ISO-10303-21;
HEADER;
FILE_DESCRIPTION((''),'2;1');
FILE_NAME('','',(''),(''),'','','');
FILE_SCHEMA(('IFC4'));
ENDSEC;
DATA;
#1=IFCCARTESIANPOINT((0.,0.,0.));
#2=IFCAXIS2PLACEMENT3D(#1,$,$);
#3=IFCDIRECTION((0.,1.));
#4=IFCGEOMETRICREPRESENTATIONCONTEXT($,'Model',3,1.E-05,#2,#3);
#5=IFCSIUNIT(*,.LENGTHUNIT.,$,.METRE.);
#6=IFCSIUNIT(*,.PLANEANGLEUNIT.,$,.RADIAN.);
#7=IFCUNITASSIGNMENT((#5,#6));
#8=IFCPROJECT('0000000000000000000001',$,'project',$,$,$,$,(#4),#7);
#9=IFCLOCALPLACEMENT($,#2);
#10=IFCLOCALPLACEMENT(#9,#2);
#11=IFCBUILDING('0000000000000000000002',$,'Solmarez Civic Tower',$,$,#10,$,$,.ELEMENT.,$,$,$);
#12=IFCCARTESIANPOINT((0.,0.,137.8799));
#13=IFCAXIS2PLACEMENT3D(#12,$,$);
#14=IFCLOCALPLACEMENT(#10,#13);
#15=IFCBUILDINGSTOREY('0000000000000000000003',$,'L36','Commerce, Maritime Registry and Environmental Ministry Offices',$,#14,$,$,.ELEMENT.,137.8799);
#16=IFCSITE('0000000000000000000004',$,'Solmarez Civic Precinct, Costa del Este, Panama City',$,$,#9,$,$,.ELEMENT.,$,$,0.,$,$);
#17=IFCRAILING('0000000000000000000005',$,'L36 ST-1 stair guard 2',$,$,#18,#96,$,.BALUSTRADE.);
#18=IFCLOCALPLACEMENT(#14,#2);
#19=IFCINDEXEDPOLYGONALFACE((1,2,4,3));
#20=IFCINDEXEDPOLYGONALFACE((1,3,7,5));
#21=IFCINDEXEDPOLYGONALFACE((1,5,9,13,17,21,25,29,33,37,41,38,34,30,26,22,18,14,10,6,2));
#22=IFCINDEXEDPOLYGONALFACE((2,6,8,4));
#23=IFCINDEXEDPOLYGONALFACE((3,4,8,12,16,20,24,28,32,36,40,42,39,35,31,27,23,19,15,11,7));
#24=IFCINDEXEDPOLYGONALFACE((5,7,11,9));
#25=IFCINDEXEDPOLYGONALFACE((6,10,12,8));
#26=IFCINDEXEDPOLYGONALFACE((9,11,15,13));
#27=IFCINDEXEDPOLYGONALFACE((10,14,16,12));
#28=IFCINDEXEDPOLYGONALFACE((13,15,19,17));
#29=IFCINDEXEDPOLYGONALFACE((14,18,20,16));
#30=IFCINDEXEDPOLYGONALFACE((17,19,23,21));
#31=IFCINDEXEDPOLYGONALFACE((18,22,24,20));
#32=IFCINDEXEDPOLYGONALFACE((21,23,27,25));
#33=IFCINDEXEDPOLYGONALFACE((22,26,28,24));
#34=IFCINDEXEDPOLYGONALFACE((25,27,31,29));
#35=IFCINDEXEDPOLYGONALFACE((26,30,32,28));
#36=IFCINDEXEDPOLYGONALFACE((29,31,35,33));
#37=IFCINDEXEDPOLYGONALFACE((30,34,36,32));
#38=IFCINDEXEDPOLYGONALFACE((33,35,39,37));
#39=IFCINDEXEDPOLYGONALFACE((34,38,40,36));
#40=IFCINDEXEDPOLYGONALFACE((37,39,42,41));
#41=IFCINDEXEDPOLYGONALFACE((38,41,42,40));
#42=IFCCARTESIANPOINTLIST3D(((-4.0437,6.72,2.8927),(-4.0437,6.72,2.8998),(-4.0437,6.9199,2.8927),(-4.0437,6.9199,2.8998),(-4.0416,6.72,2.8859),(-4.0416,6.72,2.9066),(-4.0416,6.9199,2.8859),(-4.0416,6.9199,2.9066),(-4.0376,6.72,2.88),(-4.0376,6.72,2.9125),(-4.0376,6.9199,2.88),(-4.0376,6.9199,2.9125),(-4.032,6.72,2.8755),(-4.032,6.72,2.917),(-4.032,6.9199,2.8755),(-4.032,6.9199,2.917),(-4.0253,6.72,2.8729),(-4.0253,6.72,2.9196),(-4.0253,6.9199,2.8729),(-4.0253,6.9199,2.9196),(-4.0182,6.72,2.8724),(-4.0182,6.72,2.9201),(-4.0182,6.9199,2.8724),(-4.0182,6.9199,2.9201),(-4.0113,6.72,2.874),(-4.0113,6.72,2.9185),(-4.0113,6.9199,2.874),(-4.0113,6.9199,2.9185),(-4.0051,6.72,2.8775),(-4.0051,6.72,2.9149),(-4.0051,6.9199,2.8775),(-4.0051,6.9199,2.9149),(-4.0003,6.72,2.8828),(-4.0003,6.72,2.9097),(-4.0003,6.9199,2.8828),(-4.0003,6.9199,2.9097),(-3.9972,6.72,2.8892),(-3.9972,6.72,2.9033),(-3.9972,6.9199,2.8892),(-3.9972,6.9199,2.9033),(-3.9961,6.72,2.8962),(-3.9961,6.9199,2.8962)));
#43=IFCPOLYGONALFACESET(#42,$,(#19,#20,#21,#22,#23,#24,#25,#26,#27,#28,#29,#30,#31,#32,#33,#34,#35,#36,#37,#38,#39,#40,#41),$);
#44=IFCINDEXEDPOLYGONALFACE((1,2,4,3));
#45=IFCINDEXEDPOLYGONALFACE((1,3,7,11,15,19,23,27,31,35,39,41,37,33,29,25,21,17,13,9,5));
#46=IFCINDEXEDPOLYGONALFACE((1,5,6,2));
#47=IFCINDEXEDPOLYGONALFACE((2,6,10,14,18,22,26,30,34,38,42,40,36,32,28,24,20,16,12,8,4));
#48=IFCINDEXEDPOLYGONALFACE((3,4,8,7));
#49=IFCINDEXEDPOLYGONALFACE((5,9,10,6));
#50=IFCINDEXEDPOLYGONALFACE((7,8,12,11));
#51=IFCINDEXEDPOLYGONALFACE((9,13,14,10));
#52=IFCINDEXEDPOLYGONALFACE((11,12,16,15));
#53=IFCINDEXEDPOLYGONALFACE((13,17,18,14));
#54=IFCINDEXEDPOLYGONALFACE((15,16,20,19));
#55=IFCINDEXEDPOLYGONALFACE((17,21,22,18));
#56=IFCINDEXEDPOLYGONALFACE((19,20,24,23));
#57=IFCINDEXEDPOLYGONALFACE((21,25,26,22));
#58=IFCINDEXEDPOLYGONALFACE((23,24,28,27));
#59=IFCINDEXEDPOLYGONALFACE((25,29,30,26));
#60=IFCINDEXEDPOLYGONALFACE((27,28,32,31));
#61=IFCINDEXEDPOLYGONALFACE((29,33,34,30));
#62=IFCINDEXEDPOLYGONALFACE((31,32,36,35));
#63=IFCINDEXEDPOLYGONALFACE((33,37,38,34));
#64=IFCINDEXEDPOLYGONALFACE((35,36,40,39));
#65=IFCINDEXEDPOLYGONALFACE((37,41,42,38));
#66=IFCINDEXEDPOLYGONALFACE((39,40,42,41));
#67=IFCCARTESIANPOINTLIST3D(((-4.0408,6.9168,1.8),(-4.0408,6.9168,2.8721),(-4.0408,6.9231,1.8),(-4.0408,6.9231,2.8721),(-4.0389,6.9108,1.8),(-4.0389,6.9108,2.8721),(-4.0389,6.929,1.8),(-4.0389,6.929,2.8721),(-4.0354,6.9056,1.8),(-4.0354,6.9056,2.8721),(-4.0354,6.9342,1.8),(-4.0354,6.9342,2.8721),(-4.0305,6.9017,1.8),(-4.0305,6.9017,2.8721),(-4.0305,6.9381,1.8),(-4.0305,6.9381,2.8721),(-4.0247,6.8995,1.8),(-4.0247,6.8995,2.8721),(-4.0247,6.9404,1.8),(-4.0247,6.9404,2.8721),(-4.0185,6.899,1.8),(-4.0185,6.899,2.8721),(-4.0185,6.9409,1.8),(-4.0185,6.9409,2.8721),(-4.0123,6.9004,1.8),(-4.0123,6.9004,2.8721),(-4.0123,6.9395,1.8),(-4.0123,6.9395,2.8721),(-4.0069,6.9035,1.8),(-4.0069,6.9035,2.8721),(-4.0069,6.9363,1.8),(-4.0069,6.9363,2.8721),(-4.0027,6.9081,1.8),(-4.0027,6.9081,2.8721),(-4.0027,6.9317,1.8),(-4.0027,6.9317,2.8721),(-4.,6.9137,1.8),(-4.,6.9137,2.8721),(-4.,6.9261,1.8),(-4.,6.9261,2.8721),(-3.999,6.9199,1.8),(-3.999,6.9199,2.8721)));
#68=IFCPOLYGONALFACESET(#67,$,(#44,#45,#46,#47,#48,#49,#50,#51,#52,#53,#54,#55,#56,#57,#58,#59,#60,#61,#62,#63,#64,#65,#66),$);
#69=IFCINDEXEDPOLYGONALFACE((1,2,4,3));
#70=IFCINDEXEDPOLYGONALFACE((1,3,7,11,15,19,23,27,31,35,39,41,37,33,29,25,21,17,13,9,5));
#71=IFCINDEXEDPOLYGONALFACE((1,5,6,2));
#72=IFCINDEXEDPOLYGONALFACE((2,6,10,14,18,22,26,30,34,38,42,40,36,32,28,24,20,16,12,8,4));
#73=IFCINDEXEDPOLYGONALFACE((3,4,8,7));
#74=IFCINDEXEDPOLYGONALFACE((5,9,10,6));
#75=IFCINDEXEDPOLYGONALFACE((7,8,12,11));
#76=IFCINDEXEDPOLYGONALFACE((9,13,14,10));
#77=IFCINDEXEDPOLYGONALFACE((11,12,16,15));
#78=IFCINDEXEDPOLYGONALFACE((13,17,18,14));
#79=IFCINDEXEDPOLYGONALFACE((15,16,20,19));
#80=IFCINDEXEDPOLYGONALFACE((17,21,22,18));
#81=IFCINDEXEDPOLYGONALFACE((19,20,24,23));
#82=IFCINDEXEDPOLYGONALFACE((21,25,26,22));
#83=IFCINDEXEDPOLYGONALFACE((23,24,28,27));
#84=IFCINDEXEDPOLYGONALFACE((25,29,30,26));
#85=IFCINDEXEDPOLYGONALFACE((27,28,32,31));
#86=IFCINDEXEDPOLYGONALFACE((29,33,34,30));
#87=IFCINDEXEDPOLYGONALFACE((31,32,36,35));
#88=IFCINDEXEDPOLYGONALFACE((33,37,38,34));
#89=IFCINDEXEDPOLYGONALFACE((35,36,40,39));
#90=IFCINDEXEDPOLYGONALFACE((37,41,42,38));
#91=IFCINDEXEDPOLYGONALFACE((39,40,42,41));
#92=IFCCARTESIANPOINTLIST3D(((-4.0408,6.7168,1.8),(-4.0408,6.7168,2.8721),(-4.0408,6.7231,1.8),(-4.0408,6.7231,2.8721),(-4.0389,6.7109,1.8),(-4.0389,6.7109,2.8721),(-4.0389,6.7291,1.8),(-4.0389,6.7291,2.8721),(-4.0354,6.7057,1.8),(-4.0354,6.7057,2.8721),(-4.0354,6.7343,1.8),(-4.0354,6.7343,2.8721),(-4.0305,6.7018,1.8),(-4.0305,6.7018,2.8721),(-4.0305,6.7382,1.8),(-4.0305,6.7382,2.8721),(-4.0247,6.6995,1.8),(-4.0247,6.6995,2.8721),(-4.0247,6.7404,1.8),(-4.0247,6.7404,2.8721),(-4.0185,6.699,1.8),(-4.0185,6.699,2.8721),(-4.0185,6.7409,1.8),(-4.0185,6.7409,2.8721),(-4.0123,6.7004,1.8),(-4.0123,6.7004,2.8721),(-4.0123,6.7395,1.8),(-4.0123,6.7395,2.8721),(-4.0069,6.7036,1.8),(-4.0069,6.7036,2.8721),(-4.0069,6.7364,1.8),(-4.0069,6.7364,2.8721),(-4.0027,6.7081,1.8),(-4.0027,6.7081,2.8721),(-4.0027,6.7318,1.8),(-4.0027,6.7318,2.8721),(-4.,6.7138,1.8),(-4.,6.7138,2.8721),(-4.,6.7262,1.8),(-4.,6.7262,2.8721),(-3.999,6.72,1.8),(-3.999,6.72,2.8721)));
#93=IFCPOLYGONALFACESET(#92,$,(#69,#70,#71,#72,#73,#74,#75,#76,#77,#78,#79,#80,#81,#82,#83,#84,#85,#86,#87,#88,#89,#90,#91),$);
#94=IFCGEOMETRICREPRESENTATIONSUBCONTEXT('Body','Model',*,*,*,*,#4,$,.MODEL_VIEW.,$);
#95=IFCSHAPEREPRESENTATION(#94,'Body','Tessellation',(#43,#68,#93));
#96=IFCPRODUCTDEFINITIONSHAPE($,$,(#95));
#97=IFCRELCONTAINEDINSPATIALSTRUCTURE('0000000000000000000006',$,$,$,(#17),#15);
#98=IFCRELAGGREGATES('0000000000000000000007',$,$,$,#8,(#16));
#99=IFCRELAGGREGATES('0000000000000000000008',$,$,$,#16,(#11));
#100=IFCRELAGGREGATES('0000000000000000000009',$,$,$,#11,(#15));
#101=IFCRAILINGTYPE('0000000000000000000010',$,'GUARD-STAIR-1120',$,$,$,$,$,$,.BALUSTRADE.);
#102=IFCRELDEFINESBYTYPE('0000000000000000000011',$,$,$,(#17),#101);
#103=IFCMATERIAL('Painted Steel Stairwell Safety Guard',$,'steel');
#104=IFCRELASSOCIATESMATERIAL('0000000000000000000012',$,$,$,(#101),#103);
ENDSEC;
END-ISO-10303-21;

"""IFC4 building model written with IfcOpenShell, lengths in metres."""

from ifc_helpers import new_model, si_unit, direction, frame, origin, origin_2d, place, context, subcontext, project, spatial, circle, extrude, material, type_object, element, save


model = new_model("IFC4")

# Units and contexts
model_context = context("Model", 3, precision=1e-05, world=origin(), true_north=direction((0.0, 1.0)))
body_context = subcontext(model_context, "Body", "Model", "MODEL_VIEW")
ifc_project = project(units=[si_unit("LENGTHUNIT", "METRE"), si_unit("PLANEANGLEUNIT", "RADIAN")], contexts=[model_context])

# Site, building, storey
site_placement = place(None, origin())
site = spatial("IfcSite", under=ifc_project, at=site_placement, Name="Solmarez Civic Precinct, Costa del Este, Panama City", CompositionType="ELEMENT", RefElevation=0.0)
building_placement = place(site_placement, origin())
building = spatial("IfcBuilding", under=site, at=building_placement, Name="Solmarez Civic Tower", CompositionType="ELEMENT")
storey_placement = place(building_placement, frame((0.0, 0.0, 137.8799)))
storey = spatial("IfcBuildingStorey", under=building, at=storey_placement, Name="L36", Description="Commerce, Maritime Registry and Environmental Ministry Offices", CompositionType="ELEMENT", Elevation=137.8799)

# Railing
ifc_material_1 = material(Name="Painted Steel Stairwell Safety Guard", Category="steel")
railing_type_1 = type_object("IfcRailingType", Name="GUARD-STAIR-1120", PredefinedType="BALUSTRADE", material=ifc_material_1)
railing_1_placement = place(storey_placement, frame((-4.02, 6.9199, 1.8)))
element("IfcRailing", 1, at=railing_1_placement, inside=storey, type_object=railing_type_1, Name="L36 ST-1 stair guard 2", PredefinedType="BALUSTRADE", context=body_context, shape_type="SweptSolid", body=[
    extrude(circle(Radius=0.0239, at=origin_2d()), frame((0.0, 0.0, 1.0962), z_axis=(0.0, -1.0, 0.0), x_axis=(1.0, 0.0, 0.0)), (0.0, 0.0, 1.0), 0.2),
    extrude(circle(Radius=0.021, at=origin_2d()), origin(), (0.0, 0.0, 1.0), 1.072),
    extrude(circle(Radius=0.021, at=origin_2d()), frame((0.0, -0.2, 0.0)), (0.0, 0.0, 1.0), 1.072),
])

save(model, "model.ifc")
